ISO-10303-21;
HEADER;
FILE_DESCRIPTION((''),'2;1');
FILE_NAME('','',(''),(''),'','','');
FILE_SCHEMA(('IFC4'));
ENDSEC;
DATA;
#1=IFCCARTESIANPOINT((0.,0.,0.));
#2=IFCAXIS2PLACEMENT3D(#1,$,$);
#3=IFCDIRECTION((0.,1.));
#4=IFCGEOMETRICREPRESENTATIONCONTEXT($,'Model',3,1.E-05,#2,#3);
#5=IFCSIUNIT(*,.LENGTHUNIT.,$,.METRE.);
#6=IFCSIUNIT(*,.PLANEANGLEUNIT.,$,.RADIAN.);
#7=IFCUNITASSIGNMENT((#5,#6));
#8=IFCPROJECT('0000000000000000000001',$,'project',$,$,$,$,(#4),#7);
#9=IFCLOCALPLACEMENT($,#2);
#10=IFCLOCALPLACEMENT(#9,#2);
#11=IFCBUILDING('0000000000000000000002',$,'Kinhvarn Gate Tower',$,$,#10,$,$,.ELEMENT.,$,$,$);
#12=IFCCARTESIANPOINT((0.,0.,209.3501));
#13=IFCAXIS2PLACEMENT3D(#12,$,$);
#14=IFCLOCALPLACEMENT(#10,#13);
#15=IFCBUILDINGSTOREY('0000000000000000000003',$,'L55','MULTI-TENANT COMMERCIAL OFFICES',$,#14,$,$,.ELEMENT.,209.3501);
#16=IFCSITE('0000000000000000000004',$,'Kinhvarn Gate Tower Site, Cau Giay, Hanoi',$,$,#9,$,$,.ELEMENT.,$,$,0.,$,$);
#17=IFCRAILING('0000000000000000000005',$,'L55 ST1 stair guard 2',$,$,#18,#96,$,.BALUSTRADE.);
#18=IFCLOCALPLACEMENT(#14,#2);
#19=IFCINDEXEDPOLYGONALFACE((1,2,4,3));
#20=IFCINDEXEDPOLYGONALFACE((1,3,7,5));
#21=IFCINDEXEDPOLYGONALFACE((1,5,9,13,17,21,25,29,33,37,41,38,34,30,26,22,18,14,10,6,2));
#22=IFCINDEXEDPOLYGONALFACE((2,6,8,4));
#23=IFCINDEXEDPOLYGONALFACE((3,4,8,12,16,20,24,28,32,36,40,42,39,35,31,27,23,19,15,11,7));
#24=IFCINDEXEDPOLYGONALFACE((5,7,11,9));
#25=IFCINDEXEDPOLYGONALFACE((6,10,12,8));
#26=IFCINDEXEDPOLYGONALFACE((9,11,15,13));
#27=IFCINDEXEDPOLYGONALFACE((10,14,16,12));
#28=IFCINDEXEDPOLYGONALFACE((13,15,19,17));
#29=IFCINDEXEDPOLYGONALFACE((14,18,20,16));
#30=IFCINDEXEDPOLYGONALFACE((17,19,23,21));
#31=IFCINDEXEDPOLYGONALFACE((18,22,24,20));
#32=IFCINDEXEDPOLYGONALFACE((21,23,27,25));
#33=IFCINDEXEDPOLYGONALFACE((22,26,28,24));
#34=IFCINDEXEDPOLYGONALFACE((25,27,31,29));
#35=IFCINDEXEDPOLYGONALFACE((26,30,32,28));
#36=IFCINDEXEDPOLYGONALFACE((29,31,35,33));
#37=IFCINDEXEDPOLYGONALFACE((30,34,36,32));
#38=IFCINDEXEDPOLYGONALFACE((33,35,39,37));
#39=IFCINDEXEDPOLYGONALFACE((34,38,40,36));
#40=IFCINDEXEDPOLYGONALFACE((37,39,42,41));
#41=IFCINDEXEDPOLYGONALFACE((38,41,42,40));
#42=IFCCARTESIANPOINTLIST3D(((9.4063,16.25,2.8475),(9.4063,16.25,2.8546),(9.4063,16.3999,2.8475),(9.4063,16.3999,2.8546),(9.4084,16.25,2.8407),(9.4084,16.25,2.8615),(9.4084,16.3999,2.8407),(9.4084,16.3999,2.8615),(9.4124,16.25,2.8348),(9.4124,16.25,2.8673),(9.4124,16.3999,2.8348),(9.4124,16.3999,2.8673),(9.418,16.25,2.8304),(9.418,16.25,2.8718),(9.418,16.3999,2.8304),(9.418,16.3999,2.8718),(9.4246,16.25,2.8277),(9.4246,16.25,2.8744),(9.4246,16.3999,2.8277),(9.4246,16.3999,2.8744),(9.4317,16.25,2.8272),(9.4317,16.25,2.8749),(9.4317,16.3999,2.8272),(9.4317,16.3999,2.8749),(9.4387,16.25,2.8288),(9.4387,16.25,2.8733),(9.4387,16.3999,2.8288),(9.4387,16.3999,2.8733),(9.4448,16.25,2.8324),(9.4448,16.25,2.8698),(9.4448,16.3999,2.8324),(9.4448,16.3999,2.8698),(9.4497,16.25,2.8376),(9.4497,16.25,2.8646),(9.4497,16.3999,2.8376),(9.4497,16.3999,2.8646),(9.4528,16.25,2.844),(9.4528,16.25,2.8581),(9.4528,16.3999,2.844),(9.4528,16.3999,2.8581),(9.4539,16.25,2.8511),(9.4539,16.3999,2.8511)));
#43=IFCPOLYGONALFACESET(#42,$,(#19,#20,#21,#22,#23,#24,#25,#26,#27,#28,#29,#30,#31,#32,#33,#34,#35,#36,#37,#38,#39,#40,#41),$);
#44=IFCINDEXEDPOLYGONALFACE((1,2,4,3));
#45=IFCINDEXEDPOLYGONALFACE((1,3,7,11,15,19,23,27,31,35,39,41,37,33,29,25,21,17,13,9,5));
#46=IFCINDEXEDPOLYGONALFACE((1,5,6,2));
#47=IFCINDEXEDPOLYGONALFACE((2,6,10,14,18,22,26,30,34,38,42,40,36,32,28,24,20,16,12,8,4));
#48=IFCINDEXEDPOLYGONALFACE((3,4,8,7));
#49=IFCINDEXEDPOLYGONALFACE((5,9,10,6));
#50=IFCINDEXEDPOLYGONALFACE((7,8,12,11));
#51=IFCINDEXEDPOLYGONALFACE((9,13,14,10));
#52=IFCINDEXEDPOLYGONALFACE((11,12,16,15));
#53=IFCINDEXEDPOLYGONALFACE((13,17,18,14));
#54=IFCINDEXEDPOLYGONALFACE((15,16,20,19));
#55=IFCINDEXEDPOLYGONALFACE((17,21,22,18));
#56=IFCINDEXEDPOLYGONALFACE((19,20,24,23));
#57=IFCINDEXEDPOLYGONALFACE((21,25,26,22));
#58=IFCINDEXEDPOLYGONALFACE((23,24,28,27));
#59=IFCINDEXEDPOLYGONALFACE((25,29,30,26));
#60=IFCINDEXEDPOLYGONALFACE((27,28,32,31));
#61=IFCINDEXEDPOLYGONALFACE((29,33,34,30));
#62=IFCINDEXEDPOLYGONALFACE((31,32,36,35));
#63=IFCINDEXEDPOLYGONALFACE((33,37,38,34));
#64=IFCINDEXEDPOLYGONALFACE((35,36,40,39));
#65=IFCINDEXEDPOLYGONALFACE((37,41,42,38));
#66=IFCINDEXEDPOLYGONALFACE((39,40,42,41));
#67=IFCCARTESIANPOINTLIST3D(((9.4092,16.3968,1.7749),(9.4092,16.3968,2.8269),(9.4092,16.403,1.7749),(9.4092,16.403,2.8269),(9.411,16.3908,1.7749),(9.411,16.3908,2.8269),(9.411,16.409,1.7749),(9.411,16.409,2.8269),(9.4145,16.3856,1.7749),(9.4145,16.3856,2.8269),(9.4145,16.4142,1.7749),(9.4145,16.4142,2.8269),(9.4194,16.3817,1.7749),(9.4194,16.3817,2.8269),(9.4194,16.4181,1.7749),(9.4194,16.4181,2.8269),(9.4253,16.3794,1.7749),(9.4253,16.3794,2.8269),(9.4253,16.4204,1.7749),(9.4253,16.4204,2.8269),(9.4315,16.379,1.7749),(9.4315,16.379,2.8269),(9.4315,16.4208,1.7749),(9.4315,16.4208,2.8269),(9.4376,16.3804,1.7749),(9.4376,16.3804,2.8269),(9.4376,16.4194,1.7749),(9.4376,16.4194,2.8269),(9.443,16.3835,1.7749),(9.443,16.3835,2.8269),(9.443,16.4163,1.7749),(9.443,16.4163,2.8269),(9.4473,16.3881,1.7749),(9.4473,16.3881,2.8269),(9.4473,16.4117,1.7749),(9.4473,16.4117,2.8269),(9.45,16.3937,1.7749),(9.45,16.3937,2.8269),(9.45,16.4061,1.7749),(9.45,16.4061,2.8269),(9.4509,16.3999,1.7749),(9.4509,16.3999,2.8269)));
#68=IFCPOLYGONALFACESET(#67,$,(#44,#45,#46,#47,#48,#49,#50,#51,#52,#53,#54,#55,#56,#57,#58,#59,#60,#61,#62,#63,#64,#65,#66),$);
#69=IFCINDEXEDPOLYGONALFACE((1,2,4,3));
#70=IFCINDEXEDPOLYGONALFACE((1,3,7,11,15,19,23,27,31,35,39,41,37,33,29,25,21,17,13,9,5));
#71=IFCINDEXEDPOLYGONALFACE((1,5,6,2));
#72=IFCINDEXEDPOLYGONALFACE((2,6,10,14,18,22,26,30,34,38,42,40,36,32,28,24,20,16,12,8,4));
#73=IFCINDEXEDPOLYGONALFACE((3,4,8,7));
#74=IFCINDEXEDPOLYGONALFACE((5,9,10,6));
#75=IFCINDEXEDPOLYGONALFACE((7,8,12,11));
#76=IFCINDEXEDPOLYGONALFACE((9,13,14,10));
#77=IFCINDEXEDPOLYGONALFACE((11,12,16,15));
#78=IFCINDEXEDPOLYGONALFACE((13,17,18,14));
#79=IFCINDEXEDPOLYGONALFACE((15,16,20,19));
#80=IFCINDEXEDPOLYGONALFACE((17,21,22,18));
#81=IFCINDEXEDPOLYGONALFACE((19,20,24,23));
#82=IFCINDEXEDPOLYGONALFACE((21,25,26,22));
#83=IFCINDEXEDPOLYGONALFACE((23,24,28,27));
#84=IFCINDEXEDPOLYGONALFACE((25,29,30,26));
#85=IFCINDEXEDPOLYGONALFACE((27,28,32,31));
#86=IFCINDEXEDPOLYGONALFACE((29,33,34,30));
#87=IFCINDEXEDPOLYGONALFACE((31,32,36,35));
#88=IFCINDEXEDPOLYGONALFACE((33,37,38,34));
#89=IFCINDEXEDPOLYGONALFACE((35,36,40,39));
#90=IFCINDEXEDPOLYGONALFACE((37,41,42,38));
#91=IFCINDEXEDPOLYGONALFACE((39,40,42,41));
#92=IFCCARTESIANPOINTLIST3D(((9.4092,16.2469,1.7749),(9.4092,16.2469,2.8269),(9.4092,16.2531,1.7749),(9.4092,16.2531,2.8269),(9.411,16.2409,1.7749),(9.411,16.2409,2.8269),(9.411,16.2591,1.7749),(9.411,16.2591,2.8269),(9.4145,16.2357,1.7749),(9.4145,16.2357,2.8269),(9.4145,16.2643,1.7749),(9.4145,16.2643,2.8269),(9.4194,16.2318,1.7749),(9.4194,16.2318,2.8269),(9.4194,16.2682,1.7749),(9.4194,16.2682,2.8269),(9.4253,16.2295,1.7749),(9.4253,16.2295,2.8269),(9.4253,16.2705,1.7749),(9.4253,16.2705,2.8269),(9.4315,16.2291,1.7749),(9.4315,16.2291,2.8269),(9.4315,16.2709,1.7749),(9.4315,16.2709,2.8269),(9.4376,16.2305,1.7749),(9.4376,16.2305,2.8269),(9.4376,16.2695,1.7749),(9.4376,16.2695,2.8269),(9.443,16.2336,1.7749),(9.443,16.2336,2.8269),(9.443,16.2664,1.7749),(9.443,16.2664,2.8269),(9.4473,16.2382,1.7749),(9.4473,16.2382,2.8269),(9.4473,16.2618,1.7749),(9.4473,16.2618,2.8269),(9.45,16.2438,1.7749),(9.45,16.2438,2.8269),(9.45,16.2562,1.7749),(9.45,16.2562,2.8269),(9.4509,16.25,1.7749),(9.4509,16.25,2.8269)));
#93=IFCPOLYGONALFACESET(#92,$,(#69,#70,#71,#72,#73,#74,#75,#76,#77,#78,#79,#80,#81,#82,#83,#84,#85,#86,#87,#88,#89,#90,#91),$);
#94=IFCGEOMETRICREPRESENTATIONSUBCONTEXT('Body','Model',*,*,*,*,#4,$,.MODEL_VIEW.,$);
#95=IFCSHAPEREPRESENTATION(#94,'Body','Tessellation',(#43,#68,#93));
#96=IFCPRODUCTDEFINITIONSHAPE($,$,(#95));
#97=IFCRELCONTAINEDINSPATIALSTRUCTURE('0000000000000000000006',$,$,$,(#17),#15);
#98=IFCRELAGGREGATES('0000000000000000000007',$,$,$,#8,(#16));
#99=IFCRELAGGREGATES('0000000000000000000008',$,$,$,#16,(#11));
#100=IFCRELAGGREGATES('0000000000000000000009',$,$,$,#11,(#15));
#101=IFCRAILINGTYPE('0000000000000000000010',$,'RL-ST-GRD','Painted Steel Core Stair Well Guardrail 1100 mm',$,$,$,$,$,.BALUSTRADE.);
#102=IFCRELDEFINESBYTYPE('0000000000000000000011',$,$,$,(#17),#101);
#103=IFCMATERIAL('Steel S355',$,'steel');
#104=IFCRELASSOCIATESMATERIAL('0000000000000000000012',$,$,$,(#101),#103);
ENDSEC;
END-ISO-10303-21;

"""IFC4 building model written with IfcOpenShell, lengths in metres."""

from ifc_helpers import new_model, si_unit, direction, frame, origin, origin_2d, place, context, subcontext, project, spatial, circle, extrude, material, type_object, element, save


model = new_model("IFC4")

# Units and contexts
model_context = context("Model", 3, precision=1e-05, world=origin(), true_north=direction((0.0, 1.0)))
body_context = subcontext(model_context, "Body", "Model", "MODEL_VIEW")
ifc_project = project(units=[si_unit("LENGTHUNIT", "METRE"), si_unit("PLANEANGLEUNIT", "RADIAN")], contexts=[model_context])

# Site, building, storey
site_placement = place(None, origin())
site = spatial("IfcSite", under=ifc_project, at=site_placement, Name="Kinhvarn Gate Tower Site, Cau Giay, Hanoi", CompositionType="ELEMENT", RefElevation=0.0)
building_placement = place(site_placement, origin())
building = spatial("IfcBuilding", under=site, at=building_placement, Name="Kinhvarn Gate Tower", CompositionType="ELEMENT")
storey_placement = place(building_placement, frame((0.0, 0.0, 209.3501)))
storey = spatial("IfcBuildingStorey", under=building, at=storey_placement, Name="L55", Description="MULTI-TENANT COMMERCIAL OFFICES", CompositionType="ELEMENT", Elevation=209.3501)

# Shared definitions
ifc_material_1 = material(Name="Steel S355", Category="steel")

# Railing
railing_type_1 = type_object("IfcRailingType", Name="RL-ST-GRD", Description="Painted Steel Core Stair Well Guardrail 1100 mm", PredefinedType="BALUSTRADE", material=ifc_material_1)
railing_1_placement = place(storey_placement, frame((9.4299, 16.3999, 1.7749)))
element("IfcRailing", 1, at=railing_1_placement, inside=storey, type_object=railing_type_1, Name="L55 ST1 stair guard 2", PredefinedType="BALUSTRADE", context=body_context, shape_type="SweptSolid", body=[
    extrude(circle(Radius=0.0239, at=origin_2d()), frame((0.0, 0.0, 1.0762), z_axis=(0.0, -1.0, 0.0), x_axis=(1.0, 0.0, 0.0)), (0.0, 0.0, 1.0), 0.1499),
    extrude(circle(Radius=0.021, at=origin_2d()), origin(), (0.0, 0.0, 1.0), 1.052),
    extrude(circle(Radius=0.021, at=origin_2d()), frame((0.0, -0.1499, 0.0)), (0.0, 0.0, 1.0), 1.052),
])

save(model, "model.ifc")
